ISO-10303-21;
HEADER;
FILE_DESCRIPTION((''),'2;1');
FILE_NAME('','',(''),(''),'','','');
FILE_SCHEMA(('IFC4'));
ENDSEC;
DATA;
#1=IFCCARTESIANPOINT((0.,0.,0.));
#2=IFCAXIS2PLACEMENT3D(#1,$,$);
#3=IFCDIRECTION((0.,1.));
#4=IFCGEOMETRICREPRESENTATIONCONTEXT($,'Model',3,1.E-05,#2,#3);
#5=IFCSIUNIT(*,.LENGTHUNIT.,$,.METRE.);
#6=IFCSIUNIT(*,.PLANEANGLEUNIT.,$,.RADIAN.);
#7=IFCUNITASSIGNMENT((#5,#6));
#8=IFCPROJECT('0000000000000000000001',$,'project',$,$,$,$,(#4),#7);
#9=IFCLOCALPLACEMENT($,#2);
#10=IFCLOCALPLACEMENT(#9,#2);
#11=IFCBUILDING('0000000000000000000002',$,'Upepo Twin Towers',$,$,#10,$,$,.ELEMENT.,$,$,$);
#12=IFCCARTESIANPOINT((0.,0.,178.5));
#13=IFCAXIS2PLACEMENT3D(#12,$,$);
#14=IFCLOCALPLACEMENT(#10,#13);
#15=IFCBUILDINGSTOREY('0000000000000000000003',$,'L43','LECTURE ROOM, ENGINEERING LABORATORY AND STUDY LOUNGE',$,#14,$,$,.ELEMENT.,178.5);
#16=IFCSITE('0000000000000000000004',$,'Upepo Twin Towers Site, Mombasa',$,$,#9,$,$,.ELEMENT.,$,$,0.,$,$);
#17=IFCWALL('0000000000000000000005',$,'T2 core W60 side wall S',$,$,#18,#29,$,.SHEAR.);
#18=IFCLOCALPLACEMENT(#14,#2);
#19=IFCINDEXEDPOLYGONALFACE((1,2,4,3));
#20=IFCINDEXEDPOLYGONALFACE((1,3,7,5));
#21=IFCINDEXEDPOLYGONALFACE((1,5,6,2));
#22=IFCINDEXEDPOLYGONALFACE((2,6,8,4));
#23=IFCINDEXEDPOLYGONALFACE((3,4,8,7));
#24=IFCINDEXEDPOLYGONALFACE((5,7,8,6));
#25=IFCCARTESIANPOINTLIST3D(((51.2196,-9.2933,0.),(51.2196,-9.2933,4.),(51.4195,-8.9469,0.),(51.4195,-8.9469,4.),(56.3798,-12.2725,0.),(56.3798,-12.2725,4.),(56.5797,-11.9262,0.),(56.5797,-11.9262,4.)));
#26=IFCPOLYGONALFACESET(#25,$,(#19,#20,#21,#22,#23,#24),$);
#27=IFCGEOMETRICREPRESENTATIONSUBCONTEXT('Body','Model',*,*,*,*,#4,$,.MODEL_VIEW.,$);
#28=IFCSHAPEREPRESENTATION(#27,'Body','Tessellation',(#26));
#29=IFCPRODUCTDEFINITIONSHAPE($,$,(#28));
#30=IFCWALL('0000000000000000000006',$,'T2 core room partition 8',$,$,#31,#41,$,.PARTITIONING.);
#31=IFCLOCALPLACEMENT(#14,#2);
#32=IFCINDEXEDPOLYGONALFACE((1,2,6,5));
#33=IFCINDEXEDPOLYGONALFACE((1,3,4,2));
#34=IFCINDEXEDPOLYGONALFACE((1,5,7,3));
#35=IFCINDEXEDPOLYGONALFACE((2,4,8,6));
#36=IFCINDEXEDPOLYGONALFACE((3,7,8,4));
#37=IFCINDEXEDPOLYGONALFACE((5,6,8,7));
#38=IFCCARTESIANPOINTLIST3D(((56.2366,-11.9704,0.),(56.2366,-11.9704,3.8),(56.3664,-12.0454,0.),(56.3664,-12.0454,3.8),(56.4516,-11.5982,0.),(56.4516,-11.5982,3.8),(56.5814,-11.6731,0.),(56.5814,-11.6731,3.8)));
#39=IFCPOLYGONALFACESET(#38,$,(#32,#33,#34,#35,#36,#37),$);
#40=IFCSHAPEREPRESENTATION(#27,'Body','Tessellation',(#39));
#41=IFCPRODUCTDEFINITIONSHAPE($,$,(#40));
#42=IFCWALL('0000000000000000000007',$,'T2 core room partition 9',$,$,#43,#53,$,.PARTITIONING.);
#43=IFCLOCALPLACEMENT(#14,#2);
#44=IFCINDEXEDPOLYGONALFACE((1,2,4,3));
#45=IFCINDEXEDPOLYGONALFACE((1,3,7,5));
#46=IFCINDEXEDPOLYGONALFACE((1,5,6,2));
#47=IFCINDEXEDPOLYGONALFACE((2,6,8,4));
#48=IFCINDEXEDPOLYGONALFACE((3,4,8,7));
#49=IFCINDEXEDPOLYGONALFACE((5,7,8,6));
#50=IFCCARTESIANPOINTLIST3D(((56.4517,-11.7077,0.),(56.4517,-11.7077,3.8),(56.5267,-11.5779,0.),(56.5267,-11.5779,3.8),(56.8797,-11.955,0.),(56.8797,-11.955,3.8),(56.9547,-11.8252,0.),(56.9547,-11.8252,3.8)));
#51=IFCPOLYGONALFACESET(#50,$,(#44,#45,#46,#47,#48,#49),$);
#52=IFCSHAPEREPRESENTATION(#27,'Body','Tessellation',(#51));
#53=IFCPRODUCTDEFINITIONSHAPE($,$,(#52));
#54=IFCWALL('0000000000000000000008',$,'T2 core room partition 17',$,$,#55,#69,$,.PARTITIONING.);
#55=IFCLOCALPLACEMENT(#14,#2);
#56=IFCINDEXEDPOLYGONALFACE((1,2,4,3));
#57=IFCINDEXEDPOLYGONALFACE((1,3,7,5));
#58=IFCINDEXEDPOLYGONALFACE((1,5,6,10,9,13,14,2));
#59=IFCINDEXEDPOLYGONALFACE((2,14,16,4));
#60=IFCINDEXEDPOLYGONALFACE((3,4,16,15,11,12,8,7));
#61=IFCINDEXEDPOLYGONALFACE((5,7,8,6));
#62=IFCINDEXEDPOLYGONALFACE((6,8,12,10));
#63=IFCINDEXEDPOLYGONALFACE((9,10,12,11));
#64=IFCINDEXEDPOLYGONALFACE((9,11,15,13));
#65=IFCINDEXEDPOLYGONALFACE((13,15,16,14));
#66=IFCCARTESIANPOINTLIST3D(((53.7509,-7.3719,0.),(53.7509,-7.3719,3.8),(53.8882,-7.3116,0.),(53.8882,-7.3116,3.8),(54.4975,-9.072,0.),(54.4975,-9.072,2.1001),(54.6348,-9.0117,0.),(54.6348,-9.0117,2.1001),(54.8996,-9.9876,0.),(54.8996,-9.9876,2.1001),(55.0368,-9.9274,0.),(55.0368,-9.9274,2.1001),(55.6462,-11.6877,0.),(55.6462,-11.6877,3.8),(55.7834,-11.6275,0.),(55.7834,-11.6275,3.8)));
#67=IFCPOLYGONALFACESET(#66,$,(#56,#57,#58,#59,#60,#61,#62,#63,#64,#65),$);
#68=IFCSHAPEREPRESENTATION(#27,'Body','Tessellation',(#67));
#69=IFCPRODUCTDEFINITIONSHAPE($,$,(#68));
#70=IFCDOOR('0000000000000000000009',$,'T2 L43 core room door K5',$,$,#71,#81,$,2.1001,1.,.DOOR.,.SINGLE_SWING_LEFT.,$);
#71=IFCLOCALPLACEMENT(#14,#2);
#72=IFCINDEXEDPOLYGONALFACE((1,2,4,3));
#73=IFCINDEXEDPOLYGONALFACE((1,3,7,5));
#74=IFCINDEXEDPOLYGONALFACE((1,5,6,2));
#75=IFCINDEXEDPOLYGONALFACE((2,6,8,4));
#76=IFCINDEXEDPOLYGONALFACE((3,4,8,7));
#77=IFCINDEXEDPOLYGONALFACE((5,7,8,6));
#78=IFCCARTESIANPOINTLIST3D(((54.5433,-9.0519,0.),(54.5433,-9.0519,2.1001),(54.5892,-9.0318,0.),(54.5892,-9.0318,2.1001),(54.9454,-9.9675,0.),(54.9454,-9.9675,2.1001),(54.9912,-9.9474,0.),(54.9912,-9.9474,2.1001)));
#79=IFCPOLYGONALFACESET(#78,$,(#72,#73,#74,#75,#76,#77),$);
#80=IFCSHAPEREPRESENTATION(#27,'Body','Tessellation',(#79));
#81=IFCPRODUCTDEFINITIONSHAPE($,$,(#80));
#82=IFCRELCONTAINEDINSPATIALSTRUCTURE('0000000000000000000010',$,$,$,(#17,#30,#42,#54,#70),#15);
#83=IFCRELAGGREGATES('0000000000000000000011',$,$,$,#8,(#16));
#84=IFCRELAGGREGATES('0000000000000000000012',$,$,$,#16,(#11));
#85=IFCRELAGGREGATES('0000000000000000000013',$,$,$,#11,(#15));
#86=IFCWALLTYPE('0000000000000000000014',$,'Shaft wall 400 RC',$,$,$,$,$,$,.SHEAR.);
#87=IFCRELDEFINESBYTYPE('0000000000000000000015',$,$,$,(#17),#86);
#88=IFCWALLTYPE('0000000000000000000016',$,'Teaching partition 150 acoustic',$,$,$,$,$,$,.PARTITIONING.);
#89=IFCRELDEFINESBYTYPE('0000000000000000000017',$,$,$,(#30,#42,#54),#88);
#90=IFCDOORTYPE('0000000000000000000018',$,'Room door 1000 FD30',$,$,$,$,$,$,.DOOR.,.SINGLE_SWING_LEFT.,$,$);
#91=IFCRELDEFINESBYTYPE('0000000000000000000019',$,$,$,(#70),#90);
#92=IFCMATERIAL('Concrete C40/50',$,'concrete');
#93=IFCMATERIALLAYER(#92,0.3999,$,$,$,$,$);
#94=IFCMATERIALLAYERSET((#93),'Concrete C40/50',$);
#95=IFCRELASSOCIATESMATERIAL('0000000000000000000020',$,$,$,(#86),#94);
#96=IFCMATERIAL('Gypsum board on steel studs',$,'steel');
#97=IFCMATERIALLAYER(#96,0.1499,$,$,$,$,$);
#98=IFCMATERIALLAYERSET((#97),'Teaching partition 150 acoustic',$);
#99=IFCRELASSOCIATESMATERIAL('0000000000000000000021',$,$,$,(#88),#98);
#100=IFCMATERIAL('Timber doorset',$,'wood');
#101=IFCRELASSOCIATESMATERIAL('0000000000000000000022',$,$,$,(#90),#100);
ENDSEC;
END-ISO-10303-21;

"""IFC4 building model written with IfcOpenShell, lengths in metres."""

from ifc_helpers import new_model, si_unit, direction, frame, frame_2d, origin, place, context, subcontext, project, spatial, rectangle, extrude, material, layer, layer_set, type_object, element, fill, save


model = new_model("IFC4")

# Units and contexts
model_context = context("Model", 3, precision=1e-05, world=origin(), true_north=direction((0.0, 1.0)))
body_context = subcontext(model_context, "Body", "Model", "MODEL_VIEW")
ifc_project = project(units=[si_unit("LENGTHUNIT", "METRE"), si_unit("PLANEANGLEUNIT", "RADIAN")], contexts=[model_context])

# Site, building, storey
site_placement = place(None, origin())
site = spatial("IfcSite", under=ifc_project, at=site_placement, Name="Upepo Twin Towers Site, Mombasa", CompositionType="ELEMENT", RefElevation=0.0)
building_placement = place(site_placement, origin())
building = spatial("IfcBuilding", under=site, at=building_placement, Name="Upepo Twin Towers", CompositionType="ELEMENT")
storey_placement = place(building_placement, frame((0.0, 0.0, 178.5)))
storey = spatial("IfcBuildingStorey", under=building, at=storey_placement, Name="L43", Description="LECTURE ROOM, ENGINEERING LABORATORY AND STUDY LOUNGE", CompositionType="ELEMENT", Elevation=178.5)

# Walls
ifc_material_1 = material(Name="Concrete C40/50", Category="concrete")
ifc_layer_1 = layer(ifc_material_1, 0.3999)
ifc_layer_set_1 = layer_set([ifc_layer_1], Name="Concrete C40/50")
wall_type_1 = type_object("IfcWallType", Name="Shaft wall 400 RC", PredefinedType="SHEAR", material=ifc_layer_set_1)
wall_1_placement = place(storey_placement, frame((56.4797, -12.0994, 0.0), z_axis=(0.0, 0.0, 1.0), x_axis=(-0.866023, 0.500004, 0.0)))
element("IfcWall", 1, at=wall_1_placement, inside=storey, type_object=wall_type_1, Name="T2 core W60 side wall S", PredefinedType="SHEAR", context=body_context, shape_type="SweptSolid", body=[
    extrude(rectangle(XDim=5.9585, YDim=0.3999, at=frame_2d((2.9792, 0.0))), origin(), (0.0, 0.0, 1.0), 4.0),
])
ifc_material_2 = material(Name="Gypsum board on steel studs", Category="steel")
ifc_layer_2 = layer(ifc_material_2, 0.1499)
ifc_layer_set_2 = layer_set([ifc_layer_2], Name="Teaching partition 150 acoustic")
wall_type_2 = type_object("IfcWallType", Name="Teaching partition 150 acoustic", PredefinedType="PARTITIONING", material=ifc_layer_set_2)
wall_2_placement = place(storey_placement, frame((56.3015, -12.0078, 0.0), z_axis=(0.0, 0.0, 1.0), x_axis=(0.50023, 0.865892, 0.0)))
element("IfcWall", 2, at=wall_2_placement, inside=storey, type_object=wall_type_2, Name="T2 core room partition 8", PredefinedType="PARTITIONING", context=body_context, shape_type="SweptSolid", body=[
    extrude(rectangle(XDim=0.4299, YDim=0.1499, at=frame_2d((0.2148, 0.0))), origin(), (0.0, 0.0, 1.0), 3.8),
])
wall_3_placement = place(storey_placement, frame((56.4893, -11.6428, 0.0), z_axis=(0.0, 0.0, 1.0), x_axis=(0.865832, -0.500335, 0.0)))
element("IfcWall", 3, at=wall_3_placement, inside=storey, type_object=wall_type_2, Name="T2 core room partition 9", PredefinedType="PARTITIONING", context=body_context, shape_type="SweptSolid", body=[
    extrude(rectangle(XDim=0.4944, YDim=0.1499, at=frame_2d((0.2471, 0.0))), origin(), (0.0, 0.0, 1.0), 3.8),
])

# Wall, opening, door
wall_4_placement = place(storey_placement, frame((55.7148, -11.6577, 0.0), z_axis=(0.0, 0.0, 1.0), x_axis=(-0.402074, 0.915607, 0.0)))
wall_4 = element("IfcWall", 4, at=wall_4_placement, inside=storey, type_object=wall_type_2, Name="T2 core room partition 17", PredefinedType="PARTITIONING", context=body_context, shape_type="SweptSolid", body=[
    extrude(rectangle(XDim=4.7136, YDim=0.1499, at=frame_2d((2.3569, 0.0))), origin(), (0.0, 0.0, 1.0), 3.8),
])
opening_1_placement = place(wall_4_placement, frame((1.8569, 0.0, 0.0)))
opening_1 = element("IfcOpeningElement", 5, at=opening_1_placement, cuts=wall_4, PredefinedType="OPENING", context=body_context, shape_type="SweptSolid", body=[
    extrude(rectangle(XDim=1.0, YDim=2.1001, at=frame_2d((0.5, 1.05))), frame((0.0, 0.085, 0.0), z_axis=(0.0, -1.0, 0.0), x_axis=(1.0, 0.0, 0.0)), (0.0, 0.0, 1.0), 0.1699),
])
ifc_material_3 = material(Name="Timber doorset", Category="wood")
door_type_1 = type_object("IfcDoorType", Name="Room door 1000 FD30", OperationType="SINGLE_SWING_LEFT", PredefinedType="DOOR", material=ifc_material_3)
door_1_placement = place(opening_1_placement, origin())
door_1 = element("IfcDoor", 6, at=door_1_placement, inside=storey, type_object=door_type_1, Name="T2 L43 core room door K5", OperationType="SINGLE_SWING_LEFT", OverallHeight=2.1001, OverallWidth=1.0, PredefinedType="DOOR", context=body_context, shape_type="SweptSolid", body=[
    extrude(rectangle(XDim=1.0, YDim=2.1001, at=frame_2d((0.5, 1.05))), frame((0.0, 0.0249, 0.0), z_axis=(0.0, -1.0, 0.0), x_axis=(1.0, 0.0, 0.0)), (0.0, 0.0, 1.0), 0.05),
])
fill(opening_1, door_1)

save(model, "model.ifc")
